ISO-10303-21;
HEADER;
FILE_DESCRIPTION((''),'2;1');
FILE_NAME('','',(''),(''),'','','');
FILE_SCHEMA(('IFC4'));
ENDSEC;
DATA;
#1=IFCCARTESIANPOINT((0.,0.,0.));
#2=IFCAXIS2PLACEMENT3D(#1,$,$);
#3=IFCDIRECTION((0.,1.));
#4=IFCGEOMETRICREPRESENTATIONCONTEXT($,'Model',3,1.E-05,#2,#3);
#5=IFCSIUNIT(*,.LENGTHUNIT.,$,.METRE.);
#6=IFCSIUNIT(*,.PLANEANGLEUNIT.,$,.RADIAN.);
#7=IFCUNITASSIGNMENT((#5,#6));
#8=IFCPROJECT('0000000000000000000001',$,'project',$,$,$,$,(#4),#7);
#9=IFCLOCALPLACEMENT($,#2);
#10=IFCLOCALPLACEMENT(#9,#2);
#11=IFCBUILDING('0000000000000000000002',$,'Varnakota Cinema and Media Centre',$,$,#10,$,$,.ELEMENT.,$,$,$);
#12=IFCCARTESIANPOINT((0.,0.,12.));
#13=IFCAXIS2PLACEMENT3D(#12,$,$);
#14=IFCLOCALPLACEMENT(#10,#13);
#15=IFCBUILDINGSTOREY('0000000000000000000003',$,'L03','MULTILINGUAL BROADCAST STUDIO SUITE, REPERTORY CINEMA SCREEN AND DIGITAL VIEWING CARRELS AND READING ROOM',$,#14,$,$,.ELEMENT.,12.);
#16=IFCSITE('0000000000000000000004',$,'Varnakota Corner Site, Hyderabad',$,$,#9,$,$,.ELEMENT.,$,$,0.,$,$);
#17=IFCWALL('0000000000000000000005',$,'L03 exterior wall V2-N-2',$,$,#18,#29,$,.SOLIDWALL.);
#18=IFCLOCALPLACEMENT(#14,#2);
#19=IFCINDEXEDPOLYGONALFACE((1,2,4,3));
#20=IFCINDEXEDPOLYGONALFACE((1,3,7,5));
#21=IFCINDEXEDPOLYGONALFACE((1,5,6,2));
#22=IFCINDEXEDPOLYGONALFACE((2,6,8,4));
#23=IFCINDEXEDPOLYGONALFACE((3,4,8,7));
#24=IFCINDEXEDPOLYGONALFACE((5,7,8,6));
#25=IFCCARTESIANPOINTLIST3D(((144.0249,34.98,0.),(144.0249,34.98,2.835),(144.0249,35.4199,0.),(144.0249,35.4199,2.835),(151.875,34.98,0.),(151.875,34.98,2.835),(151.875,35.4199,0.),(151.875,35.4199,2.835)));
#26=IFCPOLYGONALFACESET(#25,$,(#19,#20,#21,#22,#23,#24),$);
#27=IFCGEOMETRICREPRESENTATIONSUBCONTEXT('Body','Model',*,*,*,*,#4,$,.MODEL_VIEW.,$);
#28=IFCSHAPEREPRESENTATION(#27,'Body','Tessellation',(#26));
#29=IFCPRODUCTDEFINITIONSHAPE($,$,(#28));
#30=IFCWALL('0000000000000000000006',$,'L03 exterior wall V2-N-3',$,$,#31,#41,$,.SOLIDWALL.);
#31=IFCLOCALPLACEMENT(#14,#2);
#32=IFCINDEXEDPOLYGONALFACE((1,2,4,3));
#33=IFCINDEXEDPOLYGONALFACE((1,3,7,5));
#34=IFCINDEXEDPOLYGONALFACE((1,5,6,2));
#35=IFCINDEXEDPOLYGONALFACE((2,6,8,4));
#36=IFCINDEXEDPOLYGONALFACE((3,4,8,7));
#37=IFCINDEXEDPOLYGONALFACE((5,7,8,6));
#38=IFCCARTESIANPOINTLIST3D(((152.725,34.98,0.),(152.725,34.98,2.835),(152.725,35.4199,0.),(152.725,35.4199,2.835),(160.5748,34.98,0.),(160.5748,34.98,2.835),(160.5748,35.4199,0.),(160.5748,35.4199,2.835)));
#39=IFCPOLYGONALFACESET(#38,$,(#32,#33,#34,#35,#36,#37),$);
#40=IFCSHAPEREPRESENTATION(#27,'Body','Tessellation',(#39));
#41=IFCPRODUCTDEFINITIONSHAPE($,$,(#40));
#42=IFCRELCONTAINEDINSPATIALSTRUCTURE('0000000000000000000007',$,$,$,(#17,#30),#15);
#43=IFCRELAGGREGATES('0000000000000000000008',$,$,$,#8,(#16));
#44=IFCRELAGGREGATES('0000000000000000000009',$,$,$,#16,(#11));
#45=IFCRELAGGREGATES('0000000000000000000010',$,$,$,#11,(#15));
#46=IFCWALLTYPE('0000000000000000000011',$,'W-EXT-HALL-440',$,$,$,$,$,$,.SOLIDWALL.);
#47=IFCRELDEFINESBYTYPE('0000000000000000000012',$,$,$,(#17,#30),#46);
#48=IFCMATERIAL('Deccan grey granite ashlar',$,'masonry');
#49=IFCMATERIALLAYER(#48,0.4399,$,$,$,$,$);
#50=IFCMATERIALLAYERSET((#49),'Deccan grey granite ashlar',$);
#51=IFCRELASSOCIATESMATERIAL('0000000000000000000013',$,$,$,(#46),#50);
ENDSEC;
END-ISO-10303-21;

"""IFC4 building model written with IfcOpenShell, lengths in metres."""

from ifc_helpers import new_model, si_unit, direction, frame, frame_2d, origin, place, context, subcontext, project, spatial, rectangle, extrude, material, layer, layer_set, type_object, element, save


model = new_model("IFC4")

# Units and contexts
model_context = context("Model", 3, precision=1e-05, world=origin(), true_north=direction((0.0, 1.0)))
body_context = subcontext(model_context, "Body", "Model", "MODEL_VIEW")
ifc_project = project(units=[si_unit("LENGTHUNIT", "METRE"), si_unit("PLANEANGLEUNIT", "RADIAN")], contexts=[model_context])

# Site, building, storey
site_placement = place(None, origin())
site = spatial("IfcSite", under=ifc_project, at=site_placement, Name="Varnakota Corner Site, Hyderabad", CompositionType="ELEMENT", RefElevation=0.0)
building_placement = place(site_placement, origin())
building = spatial("IfcBuilding", under=site, at=building_placement, Name="Varnakota Cinema and Media Centre", CompositionType="ELEMENT")
storey_placement = place(building_placement, frame((0.0, 0.0, 12.0)))
storey = spatial("IfcBuildingStorey", under=building, at=storey_placement, Name="L03", Description="MULTILINGUAL BROADCAST STUDIO SUITE, REPERTORY CINEMA SCREEN AND DIGITAL VIEWING CARRELS AND READING ROOM", CompositionType="ELEMENT", Elevation=12.0)

# Shared definitions
ifc_material_1 = material(Name="Deccan grey granite ashlar", Category="masonry")
ifc_layer_1 = layer(ifc_material_1, 0.4399)
ifc_layer_set_1 = layer_set([ifc_layer_1], Name="Deccan grey granite ashlar")
wall_type = type_object("IfcWallType", Name="W-EXT-HALL-440", PredefinedType="SOLIDWALL", material=ifc_layer_set_1)

# Walls
wall_1_placement = place(storey_placement, frame((144.0249, 35.2, 0.0), z_axis=(0.0, 0.0, 1.0), x_axis=(1.0, 0.0, 0.0)))
element("IfcWall", 1, at=wall_1_placement, inside=storey, type_object=wall_type, Name="L03 exterior wall V2-N-2", PredefinedType="SOLIDWALL", context=body_context, shape_type="SweptSolid", body=[
    extrude(rectangle(XDim=7.8501, YDim=0.4399, at=frame_2d((3.925, 0.0))), origin(), (0.0, 0.0, 1.0), 2.835),
])
wall_2_placement = place(storey_placement, frame((152.7251, 35.2, 0.0), z_axis=(0.0, 0.0, 1.0), x_axis=(1.0, 0.0, 0.0)))
element("IfcWall", 2, at=wall_2_placement, inside=storey, type_object=wall_type, Name="L03 exterior wall V2-N-3", PredefinedType="SOLIDWALL", context=body_context, shape_type="SweptSolid", body=[
    extrude(rectangle(XDim=7.8499, YDim=0.4399, at=frame_2d((3.9248, 0.0))), origin(), (0.0, 0.0, 1.0), 2.835),
])

save(model, "model.ifc")
